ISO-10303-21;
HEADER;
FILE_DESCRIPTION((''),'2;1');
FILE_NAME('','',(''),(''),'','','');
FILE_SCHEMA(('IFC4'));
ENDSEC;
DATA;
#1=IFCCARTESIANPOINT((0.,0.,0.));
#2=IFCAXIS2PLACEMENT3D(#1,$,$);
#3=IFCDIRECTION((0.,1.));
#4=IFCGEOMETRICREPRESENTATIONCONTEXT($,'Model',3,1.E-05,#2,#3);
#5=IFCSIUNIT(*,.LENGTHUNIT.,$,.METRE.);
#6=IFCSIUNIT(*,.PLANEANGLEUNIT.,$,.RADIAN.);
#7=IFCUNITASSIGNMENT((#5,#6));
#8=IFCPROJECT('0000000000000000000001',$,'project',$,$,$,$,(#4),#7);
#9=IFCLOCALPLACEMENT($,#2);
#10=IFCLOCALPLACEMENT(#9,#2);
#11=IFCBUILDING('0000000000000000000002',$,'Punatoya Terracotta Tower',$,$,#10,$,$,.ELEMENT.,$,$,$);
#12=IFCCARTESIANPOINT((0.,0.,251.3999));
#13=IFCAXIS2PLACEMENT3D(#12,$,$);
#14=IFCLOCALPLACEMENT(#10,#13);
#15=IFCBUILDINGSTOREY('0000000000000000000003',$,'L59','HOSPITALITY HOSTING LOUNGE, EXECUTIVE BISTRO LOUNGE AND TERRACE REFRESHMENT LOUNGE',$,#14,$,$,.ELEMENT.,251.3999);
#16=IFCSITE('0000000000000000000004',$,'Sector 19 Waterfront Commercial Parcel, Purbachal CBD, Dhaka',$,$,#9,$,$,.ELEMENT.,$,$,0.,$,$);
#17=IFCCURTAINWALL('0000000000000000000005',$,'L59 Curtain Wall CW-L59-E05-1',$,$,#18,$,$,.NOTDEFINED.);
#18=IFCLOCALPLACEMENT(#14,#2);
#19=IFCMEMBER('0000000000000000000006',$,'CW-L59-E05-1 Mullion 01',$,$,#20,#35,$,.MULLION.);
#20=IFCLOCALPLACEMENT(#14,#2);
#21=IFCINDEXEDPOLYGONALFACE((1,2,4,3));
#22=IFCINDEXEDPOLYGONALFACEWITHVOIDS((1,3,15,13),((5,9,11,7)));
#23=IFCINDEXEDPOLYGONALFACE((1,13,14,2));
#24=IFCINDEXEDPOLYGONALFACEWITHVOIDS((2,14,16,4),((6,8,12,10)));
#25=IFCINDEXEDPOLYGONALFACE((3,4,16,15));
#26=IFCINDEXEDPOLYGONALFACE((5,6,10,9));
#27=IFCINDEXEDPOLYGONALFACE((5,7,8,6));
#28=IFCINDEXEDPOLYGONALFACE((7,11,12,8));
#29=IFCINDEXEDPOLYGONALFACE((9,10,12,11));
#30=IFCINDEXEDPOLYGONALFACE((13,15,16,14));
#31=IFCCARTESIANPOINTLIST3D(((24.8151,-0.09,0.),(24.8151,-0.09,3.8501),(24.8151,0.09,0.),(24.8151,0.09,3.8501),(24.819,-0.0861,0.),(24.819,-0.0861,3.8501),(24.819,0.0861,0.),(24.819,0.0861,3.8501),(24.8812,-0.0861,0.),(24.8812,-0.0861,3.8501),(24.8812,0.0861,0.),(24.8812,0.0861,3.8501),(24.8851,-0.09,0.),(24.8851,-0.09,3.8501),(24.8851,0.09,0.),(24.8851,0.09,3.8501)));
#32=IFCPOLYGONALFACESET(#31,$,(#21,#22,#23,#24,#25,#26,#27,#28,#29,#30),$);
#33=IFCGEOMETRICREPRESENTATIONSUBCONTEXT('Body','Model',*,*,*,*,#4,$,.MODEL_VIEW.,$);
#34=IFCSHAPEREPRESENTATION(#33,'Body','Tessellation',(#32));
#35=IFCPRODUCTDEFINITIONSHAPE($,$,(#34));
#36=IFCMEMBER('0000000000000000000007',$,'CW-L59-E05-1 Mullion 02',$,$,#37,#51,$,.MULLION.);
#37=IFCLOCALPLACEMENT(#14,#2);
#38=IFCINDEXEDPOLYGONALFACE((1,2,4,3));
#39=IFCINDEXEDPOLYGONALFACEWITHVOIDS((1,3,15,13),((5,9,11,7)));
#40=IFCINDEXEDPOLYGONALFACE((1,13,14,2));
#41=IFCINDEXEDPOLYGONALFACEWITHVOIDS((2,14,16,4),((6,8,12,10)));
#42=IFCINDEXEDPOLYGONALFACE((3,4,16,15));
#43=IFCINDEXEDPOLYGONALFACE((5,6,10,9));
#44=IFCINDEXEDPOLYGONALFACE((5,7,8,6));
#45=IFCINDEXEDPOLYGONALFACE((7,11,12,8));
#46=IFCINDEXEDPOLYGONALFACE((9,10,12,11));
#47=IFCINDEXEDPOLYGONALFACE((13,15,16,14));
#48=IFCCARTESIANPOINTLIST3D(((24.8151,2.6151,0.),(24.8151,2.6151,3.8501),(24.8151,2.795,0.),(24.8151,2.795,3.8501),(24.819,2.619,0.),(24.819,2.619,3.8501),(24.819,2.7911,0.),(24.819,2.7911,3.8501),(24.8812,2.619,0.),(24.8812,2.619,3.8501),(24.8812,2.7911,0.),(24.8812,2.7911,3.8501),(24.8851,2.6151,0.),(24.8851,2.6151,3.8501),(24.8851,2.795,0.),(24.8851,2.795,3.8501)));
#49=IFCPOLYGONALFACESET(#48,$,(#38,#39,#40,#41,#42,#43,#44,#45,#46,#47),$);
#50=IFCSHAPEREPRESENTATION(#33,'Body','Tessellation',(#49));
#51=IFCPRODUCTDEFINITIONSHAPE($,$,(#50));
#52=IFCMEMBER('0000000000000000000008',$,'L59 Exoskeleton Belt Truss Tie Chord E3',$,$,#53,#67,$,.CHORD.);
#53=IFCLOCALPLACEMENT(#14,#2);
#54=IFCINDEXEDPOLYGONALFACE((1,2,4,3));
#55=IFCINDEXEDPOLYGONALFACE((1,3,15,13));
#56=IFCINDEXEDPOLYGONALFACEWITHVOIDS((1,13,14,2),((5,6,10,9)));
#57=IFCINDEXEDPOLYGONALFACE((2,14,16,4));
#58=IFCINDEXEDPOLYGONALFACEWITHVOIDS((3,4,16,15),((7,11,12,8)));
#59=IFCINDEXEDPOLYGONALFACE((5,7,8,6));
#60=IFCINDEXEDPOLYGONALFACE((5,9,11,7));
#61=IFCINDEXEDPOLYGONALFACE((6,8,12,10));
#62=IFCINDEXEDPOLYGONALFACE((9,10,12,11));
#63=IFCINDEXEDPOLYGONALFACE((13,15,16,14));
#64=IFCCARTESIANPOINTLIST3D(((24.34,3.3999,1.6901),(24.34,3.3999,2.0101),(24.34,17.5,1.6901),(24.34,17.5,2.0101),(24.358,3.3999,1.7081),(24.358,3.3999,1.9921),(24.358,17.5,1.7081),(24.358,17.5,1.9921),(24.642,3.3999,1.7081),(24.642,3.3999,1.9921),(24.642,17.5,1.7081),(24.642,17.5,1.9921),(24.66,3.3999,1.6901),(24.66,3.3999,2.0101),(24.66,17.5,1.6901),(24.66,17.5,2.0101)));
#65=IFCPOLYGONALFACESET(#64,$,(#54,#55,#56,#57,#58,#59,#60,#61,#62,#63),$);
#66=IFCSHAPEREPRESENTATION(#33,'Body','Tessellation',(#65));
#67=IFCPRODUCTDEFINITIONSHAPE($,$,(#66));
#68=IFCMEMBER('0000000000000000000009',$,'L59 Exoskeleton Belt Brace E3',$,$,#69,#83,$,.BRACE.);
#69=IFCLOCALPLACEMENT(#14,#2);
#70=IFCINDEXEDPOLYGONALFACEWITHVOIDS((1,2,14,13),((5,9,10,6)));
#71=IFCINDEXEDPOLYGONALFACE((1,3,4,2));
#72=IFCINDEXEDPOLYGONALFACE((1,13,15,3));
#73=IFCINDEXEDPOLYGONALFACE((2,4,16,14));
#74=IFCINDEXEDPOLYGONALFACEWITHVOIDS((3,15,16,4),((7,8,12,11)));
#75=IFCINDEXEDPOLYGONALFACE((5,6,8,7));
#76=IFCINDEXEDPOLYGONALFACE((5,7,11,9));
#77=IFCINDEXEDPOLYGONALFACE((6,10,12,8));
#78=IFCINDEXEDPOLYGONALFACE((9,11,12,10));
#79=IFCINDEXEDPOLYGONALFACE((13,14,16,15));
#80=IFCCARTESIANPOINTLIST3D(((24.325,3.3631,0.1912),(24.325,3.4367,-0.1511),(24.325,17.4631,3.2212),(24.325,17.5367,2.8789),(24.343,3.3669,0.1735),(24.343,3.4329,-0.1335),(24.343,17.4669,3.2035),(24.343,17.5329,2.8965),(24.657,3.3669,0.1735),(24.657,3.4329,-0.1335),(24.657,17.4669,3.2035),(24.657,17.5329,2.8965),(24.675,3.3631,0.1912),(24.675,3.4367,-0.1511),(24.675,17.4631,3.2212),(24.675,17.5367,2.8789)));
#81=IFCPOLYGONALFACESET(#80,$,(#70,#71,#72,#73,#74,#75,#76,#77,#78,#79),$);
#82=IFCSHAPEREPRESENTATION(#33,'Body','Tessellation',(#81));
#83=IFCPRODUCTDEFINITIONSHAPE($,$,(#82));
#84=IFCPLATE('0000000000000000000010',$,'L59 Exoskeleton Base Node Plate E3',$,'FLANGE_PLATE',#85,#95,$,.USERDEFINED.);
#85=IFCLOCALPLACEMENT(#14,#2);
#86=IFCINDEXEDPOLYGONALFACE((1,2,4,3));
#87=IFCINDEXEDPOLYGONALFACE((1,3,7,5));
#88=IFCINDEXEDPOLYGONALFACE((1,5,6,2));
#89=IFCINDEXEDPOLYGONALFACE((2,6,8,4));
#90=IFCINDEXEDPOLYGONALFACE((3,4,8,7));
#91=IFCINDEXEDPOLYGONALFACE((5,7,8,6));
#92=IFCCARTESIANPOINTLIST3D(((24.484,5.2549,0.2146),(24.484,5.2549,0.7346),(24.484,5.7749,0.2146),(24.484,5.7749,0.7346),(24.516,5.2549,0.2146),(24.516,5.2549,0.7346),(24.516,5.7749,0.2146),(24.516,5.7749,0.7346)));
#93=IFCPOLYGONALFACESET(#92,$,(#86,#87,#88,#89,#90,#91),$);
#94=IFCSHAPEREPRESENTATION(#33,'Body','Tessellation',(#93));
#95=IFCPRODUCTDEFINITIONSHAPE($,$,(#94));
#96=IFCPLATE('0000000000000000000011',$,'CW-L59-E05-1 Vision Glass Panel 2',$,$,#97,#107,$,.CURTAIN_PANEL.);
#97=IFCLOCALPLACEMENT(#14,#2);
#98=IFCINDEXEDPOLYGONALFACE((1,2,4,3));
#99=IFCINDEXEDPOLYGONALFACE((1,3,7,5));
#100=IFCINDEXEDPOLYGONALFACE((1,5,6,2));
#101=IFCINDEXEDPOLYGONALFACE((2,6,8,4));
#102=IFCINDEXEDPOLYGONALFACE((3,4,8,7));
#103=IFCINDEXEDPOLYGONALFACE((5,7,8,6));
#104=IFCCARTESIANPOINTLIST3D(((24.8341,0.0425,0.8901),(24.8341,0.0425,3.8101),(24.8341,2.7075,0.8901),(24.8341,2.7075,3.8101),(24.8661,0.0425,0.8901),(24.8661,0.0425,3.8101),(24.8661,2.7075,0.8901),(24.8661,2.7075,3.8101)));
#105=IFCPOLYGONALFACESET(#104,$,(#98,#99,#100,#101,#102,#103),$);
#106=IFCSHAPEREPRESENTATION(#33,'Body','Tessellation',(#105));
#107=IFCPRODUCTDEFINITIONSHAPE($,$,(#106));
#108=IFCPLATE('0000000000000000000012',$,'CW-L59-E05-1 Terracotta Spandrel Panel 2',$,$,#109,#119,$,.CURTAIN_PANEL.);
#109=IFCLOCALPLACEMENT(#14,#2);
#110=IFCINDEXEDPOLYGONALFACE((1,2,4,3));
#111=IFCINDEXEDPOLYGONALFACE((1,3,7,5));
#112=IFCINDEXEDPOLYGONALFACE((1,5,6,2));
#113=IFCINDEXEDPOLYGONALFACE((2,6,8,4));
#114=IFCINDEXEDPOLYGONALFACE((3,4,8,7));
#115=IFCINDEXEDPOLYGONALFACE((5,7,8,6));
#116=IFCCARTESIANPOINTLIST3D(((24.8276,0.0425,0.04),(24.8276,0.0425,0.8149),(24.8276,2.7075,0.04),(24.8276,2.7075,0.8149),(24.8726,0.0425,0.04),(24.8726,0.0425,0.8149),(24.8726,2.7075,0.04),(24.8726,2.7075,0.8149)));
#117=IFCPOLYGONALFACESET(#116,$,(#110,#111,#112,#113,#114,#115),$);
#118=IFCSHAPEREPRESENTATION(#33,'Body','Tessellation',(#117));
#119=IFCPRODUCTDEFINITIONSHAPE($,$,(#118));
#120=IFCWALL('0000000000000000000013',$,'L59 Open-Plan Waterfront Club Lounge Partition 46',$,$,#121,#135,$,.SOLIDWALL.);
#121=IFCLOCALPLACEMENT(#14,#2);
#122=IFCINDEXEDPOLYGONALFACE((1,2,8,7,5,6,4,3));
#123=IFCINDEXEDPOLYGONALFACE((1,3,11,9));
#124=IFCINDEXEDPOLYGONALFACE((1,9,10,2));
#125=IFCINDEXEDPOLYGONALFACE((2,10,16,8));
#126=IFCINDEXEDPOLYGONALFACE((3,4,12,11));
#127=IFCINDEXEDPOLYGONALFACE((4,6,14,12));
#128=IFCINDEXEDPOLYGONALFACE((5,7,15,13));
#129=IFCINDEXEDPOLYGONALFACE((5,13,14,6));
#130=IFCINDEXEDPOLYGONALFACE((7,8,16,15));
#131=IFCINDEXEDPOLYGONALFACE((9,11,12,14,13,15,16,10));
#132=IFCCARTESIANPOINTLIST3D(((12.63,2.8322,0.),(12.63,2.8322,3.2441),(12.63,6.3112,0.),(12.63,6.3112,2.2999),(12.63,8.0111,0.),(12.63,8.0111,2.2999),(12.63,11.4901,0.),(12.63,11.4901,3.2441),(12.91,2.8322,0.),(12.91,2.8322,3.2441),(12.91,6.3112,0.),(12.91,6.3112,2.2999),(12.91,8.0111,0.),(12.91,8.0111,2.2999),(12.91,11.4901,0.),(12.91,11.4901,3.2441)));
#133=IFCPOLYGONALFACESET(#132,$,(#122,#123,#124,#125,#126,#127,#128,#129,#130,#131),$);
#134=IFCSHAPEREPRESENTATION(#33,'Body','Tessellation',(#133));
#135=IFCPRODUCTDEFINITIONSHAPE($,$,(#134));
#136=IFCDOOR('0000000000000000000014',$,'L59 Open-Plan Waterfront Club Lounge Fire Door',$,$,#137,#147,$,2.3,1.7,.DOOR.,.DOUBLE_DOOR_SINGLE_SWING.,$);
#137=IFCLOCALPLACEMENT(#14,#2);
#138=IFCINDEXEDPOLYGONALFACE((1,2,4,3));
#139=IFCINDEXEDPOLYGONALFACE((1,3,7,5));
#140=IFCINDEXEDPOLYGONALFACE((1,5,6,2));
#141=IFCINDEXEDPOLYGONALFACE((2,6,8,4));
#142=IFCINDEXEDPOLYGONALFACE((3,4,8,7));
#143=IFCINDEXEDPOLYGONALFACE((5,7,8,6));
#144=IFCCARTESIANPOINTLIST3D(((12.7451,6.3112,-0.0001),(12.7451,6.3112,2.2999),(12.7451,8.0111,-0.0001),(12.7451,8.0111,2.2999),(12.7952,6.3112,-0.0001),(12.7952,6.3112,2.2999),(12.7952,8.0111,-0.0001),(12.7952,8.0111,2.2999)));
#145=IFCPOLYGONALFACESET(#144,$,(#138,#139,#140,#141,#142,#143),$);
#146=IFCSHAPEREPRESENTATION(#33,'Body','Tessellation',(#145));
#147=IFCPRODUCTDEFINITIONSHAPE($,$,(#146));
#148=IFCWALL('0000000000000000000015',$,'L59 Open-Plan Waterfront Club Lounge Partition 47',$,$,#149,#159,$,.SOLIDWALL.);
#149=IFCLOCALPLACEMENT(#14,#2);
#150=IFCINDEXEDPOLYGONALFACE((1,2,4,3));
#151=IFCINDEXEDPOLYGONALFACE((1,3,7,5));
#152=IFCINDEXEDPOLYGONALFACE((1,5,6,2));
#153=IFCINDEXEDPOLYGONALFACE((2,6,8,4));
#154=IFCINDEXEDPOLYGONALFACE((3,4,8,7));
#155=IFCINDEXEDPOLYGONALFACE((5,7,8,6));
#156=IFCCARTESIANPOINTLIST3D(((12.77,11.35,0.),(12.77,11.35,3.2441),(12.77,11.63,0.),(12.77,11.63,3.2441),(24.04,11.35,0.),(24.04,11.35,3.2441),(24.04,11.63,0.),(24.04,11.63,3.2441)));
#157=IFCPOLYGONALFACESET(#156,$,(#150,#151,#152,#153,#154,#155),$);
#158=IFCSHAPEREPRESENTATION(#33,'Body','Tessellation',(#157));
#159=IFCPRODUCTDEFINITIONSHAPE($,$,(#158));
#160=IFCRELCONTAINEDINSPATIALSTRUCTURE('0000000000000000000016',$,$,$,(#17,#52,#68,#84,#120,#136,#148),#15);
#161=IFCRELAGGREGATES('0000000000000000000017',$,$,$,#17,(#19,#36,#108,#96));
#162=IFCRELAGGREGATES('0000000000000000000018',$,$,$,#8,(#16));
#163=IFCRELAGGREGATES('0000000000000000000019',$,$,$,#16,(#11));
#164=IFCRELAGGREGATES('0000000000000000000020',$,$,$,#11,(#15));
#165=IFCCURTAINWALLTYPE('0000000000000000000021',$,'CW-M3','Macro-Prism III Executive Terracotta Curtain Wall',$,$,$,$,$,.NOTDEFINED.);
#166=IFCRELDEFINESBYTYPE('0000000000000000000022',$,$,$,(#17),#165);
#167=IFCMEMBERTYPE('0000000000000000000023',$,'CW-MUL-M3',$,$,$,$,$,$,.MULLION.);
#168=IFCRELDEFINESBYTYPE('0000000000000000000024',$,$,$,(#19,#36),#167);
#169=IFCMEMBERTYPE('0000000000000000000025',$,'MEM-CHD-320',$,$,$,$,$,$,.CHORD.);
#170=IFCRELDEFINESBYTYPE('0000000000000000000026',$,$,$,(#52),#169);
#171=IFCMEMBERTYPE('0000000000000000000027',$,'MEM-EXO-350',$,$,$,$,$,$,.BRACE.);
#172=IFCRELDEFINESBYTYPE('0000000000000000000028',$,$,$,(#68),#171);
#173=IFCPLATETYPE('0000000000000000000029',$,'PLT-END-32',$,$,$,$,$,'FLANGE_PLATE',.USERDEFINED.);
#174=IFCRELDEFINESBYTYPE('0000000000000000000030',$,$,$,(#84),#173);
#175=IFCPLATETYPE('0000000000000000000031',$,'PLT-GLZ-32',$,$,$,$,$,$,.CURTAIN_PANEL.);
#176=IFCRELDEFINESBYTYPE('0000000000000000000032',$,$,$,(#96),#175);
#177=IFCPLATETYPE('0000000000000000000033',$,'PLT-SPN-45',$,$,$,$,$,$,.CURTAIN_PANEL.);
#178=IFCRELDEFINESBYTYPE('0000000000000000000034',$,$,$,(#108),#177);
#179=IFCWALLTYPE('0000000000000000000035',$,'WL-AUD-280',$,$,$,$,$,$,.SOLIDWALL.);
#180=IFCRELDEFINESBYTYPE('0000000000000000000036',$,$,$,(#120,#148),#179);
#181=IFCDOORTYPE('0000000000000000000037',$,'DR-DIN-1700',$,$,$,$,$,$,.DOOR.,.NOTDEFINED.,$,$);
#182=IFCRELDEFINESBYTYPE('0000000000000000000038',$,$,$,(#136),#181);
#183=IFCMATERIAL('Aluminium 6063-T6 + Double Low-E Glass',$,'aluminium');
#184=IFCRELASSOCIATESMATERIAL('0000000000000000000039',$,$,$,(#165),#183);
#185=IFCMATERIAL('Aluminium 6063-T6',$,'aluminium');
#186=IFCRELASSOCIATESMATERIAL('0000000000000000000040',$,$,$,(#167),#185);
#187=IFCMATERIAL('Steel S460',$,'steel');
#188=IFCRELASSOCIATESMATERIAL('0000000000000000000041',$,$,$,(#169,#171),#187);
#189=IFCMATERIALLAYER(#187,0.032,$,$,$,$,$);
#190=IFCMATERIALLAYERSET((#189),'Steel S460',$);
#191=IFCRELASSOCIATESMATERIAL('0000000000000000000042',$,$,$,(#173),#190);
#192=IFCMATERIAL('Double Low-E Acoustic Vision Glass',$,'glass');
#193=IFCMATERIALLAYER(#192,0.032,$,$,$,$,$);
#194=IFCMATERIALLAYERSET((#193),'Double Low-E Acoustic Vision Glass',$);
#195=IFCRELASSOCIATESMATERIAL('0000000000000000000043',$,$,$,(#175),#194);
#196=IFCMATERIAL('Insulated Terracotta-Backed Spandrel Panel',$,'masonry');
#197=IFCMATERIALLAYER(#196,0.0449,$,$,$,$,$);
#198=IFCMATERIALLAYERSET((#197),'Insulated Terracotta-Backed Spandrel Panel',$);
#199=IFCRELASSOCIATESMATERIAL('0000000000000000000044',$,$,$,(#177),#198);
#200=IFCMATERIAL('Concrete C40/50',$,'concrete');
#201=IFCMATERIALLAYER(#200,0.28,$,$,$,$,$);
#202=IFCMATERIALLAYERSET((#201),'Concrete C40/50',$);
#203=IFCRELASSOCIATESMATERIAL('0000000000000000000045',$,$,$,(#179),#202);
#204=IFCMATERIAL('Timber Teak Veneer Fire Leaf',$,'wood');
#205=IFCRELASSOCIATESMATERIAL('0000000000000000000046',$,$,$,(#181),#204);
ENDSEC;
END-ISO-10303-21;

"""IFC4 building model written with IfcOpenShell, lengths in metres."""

from ifc_helpers import new_model, si_unit, direction, frame, frame_2d, origin, origin_2d, place, context, subcontext, project, spatial, rectangle, hollow_rectangle, extrude, material, layer, layer_set, material_profile, profile_set, type_object, element, fill, aggregate, save


model = new_model("IFC4")

# Units and contexts
model_context = context("Model", 3, precision=1e-05, world=origin(), true_north=direction((0.0, 1.0)))
body_context = subcontext(model_context, "Body", "Model", "MODEL_VIEW")
ifc_project = project(units=[si_unit("LENGTHUNIT", "METRE"), si_unit("PLANEANGLEUNIT", "RADIAN")], contexts=[model_context])

# Site, building, storey
site_placement = place(None, origin())
site = spatial("IfcSite", under=ifc_project, at=site_placement, Name="Sector 19 Waterfront Commercial Parcel, Purbachal CBD, Dhaka", CompositionType="ELEMENT", RefElevation=0.0)
building_placement = place(site_placement, origin())
building = spatial("IfcBuilding", under=site, at=building_placement, Name="Punatoya Terracotta Tower", CompositionType="ELEMENT")
storey_placement = place(building_placement, frame((0.0, 0.0, 251.3999)))
storey = spatial("IfcBuildingStorey", under=building, at=storey_placement, Name="L59", Description="HOSPITALITY HOSTING LOUNGE, EXECUTIVE BISTRO LOUNGE AND TERRACE REFRESHMENT LOUNGE", CompositionType="ELEMENT", Elevation=251.3999)

# Shared definitions
ifc_material_1 = material(Name="Steel S460", Category="steel")

# Curtain wall, members
ifc_material_2 = material(Name="Aluminium 6063-T6 + Double Low-E Glass", Category="aluminium")
curtain_wall_type = type_object("IfcCurtainWallType", Name="CW-M3", Description="Macro-Prism III Executive Terracotta Curtain Wall", PredefinedType="NOTDEFINED", material=ifc_material_2)
curtain_wall_placement = place(storey_placement, origin())
curtain_wall = element("IfcCurtainWall", 1, at=curtain_wall_placement, inside=storey, type_object=curtain_wall_type, Name="L59 Curtain Wall CW-L59-E05-1", PredefinedType="NOTDEFINED")
ifc_material_3 = material(Name="Aluminium 6063-T6", Category="aluminium")
ifc_material_profile_1 = material_profile(ifc_material_3, hollow_rectangle(XDim=0.0701, YDim=0.1799, WallThickness=0.0039, at=origin_2d()))
ifc_profile_set_1 = profile_set([ifc_material_profile_1], Name="Aluminium 6063-T6")
member_type_1 = type_object("IfcMemberType", Name="CW-MUL-M3", PredefinedType="MULLION", material=ifc_profile_set_1)
member_1_placement = place(storey_placement, frame((24.8501, 0.0, 0.0), z_axis=(0.0, 0.0, 1.0), x_axis=(1.0, 0.0, 0.0)))
member_1 = element("IfcMember", 2, at=member_1_placement, type_object=member_type_1, Name="CW-L59-E05-1 Mullion 01", PredefinedType="MULLION", context=body_context, shape_type="SweptSolid", body=[
    extrude(hollow_rectangle(XDim=0.0701, YDim=0.1799, WallThickness=0.0039, at=origin_2d()), origin(), (0.0, 0.0, 1.0), 3.8501),
])
member_2_placement = place(storey_placement, frame((24.8501, 2.7051, 0.0), z_axis=(0.0, 0.0, 1.0), x_axis=(1.0, 0.0, 0.0)))
member_2 = element("IfcMember", 3, at=member_2_placement, type_object=member_type_1, Name="CW-L59-E05-1 Mullion 02", PredefinedType="MULLION", context=body_context, shape_type="SweptSolid", body=[
    extrude(hollow_rectangle(XDim=0.0701, YDim=0.1799, WallThickness=0.0039, at=origin_2d()), origin(), (0.0, 0.0, 1.0), 3.8501),
])

# Members
ifc_material_profile_2 = material_profile(ifc_material_1, hollow_rectangle(XDim=0.3201, YDim=0.3201, WallThickness=0.0181, at=origin_2d()))
ifc_profile_set_2 = profile_set([ifc_material_profile_2], Name="Steel S460")
member_type_2 = type_object("IfcMemberType", Name="MEM-CHD-320", PredefinedType="CHORD", material=ifc_profile_set_2)
member_3_placement = place(storey_placement, frame((24.5, 3.3999, 1.8501), z_axis=(0.0, 1.0, 0.0), x_axis=(-1.0, 0.0, 0.0)))
element("IfcMember", 4, at=member_3_placement, inside=storey, type_object=member_type_2, Name="L59 Exoskeleton Belt Truss Tie Chord E3", PredefinedType="CHORD", context=body_context, shape_type="SweptSolid", body=[
    extrude(hollow_rectangle(XDim=0.3201, YDim=0.3201, WallThickness=0.0181, at=origin_2d()), origin(), (0.0, 0.0, 1.0), 14.1001),
])
ifc_material_profile_3 = material_profile(ifc_material_1, hollow_rectangle(XDim=0.3501, YDim=0.3501, WallThickness=0.0181, at=origin_2d()))
ifc_profile_set_3 = profile_set([ifc_material_profile_3], Name="Steel S460")
member_type_3 = type_object("IfcMemberType", Name="MEM-EXO-350", PredefinedType="BRACE", material=ifc_profile_set_3)
member_4_placement = place(storey_placement, frame((24.5, 3.3999, 0.02), z_axis=(0.0, 0.97768, 0.210098), x_axis=(-1.0, 0.0, 0.0)))
element("IfcMember", 5, at=member_4_placement, inside=storey, type_object=member_type_3, Name="L59 Exoskeleton Belt Brace E3", PredefinedType="BRACE", context=body_context, shape_type="SweptSolid", body=[
    extrude(hollow_rectangle(XDim=0.3501, YDim=0.3501, WallThickness=0.0181, at=origin_2d()), origin(), (0.0, 0.0, 1.0), 14.4219),
])

# Plates
ifc_layer_1 = layer(ifc_material_1, 0.032)
ifc_layer_set_1 = layer_set([ifc_layer_1], Name="Steel S460")
plate_type_1 = type_object("IfcPlateType", Name="PLT-END-32", ElementType="FLANGE_PLATE", PredefinedType="USERDEFINED", material=ifc_layer_set_1)
plate_1_placement = place(storey_placement, frame((24.5, 5.5149, 0.2146), z_axis=(0.0, 0.0, 1.0), x_axis=(0.0, 1.0, 0.0)))
element("IfcPlate", 6, at=plate_1_placement, inside=storey, type_object=plate_type_1, Name="L59 Exoskeleton Base Node Plate E3", ObjectType="FLANGE_PLATE", PredefinedType="USERDEFINED", context=body_context, shape_type="SweptSolid", body=[
    extrude(rectangle(XDim=0.52, YDim=0.032, at=origin_2d()), origin(), (0.0, 0.0, 1.0), 0.52),
])
ifc_material_4 = material(Name="Double Low-E Acoustic Vision Glass", Category="glass")
ifc_layer_2 = layer(ifc_material_4, 0.032)
ifc_layer_set_2 = layer_set([ifc_layer_2], Name="Double Low-E Acoustic Vision Glass")
plate_type_2 = type_object("IfcPlateType", Name="PLT-GLZ-32", PredefinedType="CURTAIN_PANEL", material=ifc_layer_set_2)
plate_2_placement = place(storey_placement, frame((24.8501, 1.375, 0.8901), z_axis=(0.0, 0.0, 1.0), x_axis=(0.0, 1.0, 0.0)))
plate_2 = element("IfcPlate", 7, at=plate_2_placement, type_object=plate_type_2, Name="CW-L59-E05-1 Vision Glass Panel 2", PredefinedType="CURTAIN_PANEL", context=body_context, shape_type="SweptSolid", body=[
    extrude(rectangle(XDim=2.665, YDim=0.032, at=origin_2d()), origin(), (0.0, 0.0, 1.0), 2.9199),
])
ifc_material_5 = material(Name="Insulated Terracotta-Backed Spandrel Panel", Category="masonry")
ifc_layer_3 = layer(ifc_material_5, 0.0449)
ifc_layer_set_3 = layer_set([ifc_layer_3], Name="Insulated Terracotta-Backed Spandrel Panel")
plate_type_3 = type_object("IfcPlateType", Name="PLT-SPN-45", PredefinedType="CURTAIN_PANEL", material=ifc_layer_set_3)
plate_3_placement = place(storey_placement, frame((24.8501, 1.375, 0.04), z_axis=(0.0, 0.0, 1.0), x_axis=(0.0, 1.0, 0.0)))
plate_3 = element("IfcPlate", 8, at=plate_3_placement, type_object=plate_type_3, Name="CW-L59-E05-1 Terracotta Spandrel Panel 2", PredefinedType="CURTAIN_PANEL", context=body_context, shape_type="SweptSolid", body=[
    extrude(rectangle(XDim=2.665, YDim=0.0449, at=origin_2d()), origin(), (0.0, 0.0, 1.0), 0.7749),
])
aggregate(curtain_wall, [member_1, member_2, plate_3, plate_2])

# Wall, opening, door
ifc_material_6 = material(Name="Concrete C40/50", Category="concrete")
ifc_layer_4 = layer(ifc_material_6, 0.28)
ifc_layer_set_4 = layer_set([ifc_layer_4], Name="Concrete C40/50")
wall_type_1 = type_object("IfcWallType", Name="WL-AUD-280", PredefinedType="SOLIDWALL", material=ifc_layer_set_4)
wall_1_placement = place(storey_placement, frame((12.77, 2.832, 0.0), z_axis=(0.0, 0.0, 1.0), x_axis=(0.0, 1.0, 0.0)))
wall_1 = element("IfcWall", 9, at=wall_1_placement, inside=storey, type_object=wall_type_1, Name="L59 Open-Plan Waterfront Club Lounge Partition 46", PredefinedType="SOLIDWALL", context=body_context, shape_type="SweptSolid", body=[
    extrude(rectangle(XDim=8.658, YDim=0.28, at=frame_2d((4.3291, 0.0))), origin(), (0.0, 0.0, 1.0), 3.2441),
])
opening_1_placement = place(wall_1_placement, frame((3.479, 0.0, 0.0)))
opening_1 = element("IfcOpeningElement", 10, at=opening_1_placement, cuts=wall_1, PredefinedType="OPENING", context=body_context, shape_type="SweptSolid", body=[
    extrude(rectangle(XDim=1.7, YDim=2.3, at=frame_2d((0.8501, 1.1499))), frame((0.0, 0.1499, 0.0), z_axis=(0.0, -1.0, 0.0), x_axis=(1.0, 0.0, 0.0)), (0.0, 0.0, 1.0), 0.3),
])
ifc_material_7 = material(Name="Timber Teak Veneer Fire Leaf", Category="wood")
door_type_1 = type_object("IfcDoorType", Name="DR-DIN-1700", OperationType="NOTDEFINED", PredefinedType="DOOR", material=ifc_material_7)
door_1_placement = place(opening_1_placement, origin())
door_1 = element("IfcDoor", 11, at=door_1_placement, inside=storey, type_object=door_type_1, Name="L59 Open-Plan Waterfront Club Lounge Fire Door", OperationType="DOUBLE_DOOR_SINGLE_SWING", OverallHeight=2.3, OverallWidth=1.7, PredefinedType="DOOR", context=body_context, shape_type="SweptSolid", body=[
    extrude(rectangle(XDim=1.7, YDim=2.3, at=frame_2d((0.8501, 1.1499))), frame((0.0, 0.0249, 0.0), z_axis=(0.0, -1.0, 0.0), x_axis=(1.0, 0.0, 0.0)), (0.0, 0.0, 1.0), 0.05),
])
fill(opening_1, door_1)

# Wall
wall_2_placement = place(storey_placement, frame((12.77, 11.49, 0.0), z_axis=(0.0, 0.0, 1.0), x_axis=(1.0, 0.0, 0.0)))
element("IfcWall", 12, at=wall_2_placement, inside=storey, type_object=wall_type_1, Name="L59 Open-Plan Waterfront Club Lounge Partition 47", PredefinedType="SOLIDWALL", context=body_context, shape_type="SweptSolid", body=[
    extrude(rectangle(XDim=11.27, YDim=0.28, at=frame_2d((5.635, 0.0))), origin(), (0.0, 0.0, 1.0), 3.2441),
])

save(model, "model.ifc")
